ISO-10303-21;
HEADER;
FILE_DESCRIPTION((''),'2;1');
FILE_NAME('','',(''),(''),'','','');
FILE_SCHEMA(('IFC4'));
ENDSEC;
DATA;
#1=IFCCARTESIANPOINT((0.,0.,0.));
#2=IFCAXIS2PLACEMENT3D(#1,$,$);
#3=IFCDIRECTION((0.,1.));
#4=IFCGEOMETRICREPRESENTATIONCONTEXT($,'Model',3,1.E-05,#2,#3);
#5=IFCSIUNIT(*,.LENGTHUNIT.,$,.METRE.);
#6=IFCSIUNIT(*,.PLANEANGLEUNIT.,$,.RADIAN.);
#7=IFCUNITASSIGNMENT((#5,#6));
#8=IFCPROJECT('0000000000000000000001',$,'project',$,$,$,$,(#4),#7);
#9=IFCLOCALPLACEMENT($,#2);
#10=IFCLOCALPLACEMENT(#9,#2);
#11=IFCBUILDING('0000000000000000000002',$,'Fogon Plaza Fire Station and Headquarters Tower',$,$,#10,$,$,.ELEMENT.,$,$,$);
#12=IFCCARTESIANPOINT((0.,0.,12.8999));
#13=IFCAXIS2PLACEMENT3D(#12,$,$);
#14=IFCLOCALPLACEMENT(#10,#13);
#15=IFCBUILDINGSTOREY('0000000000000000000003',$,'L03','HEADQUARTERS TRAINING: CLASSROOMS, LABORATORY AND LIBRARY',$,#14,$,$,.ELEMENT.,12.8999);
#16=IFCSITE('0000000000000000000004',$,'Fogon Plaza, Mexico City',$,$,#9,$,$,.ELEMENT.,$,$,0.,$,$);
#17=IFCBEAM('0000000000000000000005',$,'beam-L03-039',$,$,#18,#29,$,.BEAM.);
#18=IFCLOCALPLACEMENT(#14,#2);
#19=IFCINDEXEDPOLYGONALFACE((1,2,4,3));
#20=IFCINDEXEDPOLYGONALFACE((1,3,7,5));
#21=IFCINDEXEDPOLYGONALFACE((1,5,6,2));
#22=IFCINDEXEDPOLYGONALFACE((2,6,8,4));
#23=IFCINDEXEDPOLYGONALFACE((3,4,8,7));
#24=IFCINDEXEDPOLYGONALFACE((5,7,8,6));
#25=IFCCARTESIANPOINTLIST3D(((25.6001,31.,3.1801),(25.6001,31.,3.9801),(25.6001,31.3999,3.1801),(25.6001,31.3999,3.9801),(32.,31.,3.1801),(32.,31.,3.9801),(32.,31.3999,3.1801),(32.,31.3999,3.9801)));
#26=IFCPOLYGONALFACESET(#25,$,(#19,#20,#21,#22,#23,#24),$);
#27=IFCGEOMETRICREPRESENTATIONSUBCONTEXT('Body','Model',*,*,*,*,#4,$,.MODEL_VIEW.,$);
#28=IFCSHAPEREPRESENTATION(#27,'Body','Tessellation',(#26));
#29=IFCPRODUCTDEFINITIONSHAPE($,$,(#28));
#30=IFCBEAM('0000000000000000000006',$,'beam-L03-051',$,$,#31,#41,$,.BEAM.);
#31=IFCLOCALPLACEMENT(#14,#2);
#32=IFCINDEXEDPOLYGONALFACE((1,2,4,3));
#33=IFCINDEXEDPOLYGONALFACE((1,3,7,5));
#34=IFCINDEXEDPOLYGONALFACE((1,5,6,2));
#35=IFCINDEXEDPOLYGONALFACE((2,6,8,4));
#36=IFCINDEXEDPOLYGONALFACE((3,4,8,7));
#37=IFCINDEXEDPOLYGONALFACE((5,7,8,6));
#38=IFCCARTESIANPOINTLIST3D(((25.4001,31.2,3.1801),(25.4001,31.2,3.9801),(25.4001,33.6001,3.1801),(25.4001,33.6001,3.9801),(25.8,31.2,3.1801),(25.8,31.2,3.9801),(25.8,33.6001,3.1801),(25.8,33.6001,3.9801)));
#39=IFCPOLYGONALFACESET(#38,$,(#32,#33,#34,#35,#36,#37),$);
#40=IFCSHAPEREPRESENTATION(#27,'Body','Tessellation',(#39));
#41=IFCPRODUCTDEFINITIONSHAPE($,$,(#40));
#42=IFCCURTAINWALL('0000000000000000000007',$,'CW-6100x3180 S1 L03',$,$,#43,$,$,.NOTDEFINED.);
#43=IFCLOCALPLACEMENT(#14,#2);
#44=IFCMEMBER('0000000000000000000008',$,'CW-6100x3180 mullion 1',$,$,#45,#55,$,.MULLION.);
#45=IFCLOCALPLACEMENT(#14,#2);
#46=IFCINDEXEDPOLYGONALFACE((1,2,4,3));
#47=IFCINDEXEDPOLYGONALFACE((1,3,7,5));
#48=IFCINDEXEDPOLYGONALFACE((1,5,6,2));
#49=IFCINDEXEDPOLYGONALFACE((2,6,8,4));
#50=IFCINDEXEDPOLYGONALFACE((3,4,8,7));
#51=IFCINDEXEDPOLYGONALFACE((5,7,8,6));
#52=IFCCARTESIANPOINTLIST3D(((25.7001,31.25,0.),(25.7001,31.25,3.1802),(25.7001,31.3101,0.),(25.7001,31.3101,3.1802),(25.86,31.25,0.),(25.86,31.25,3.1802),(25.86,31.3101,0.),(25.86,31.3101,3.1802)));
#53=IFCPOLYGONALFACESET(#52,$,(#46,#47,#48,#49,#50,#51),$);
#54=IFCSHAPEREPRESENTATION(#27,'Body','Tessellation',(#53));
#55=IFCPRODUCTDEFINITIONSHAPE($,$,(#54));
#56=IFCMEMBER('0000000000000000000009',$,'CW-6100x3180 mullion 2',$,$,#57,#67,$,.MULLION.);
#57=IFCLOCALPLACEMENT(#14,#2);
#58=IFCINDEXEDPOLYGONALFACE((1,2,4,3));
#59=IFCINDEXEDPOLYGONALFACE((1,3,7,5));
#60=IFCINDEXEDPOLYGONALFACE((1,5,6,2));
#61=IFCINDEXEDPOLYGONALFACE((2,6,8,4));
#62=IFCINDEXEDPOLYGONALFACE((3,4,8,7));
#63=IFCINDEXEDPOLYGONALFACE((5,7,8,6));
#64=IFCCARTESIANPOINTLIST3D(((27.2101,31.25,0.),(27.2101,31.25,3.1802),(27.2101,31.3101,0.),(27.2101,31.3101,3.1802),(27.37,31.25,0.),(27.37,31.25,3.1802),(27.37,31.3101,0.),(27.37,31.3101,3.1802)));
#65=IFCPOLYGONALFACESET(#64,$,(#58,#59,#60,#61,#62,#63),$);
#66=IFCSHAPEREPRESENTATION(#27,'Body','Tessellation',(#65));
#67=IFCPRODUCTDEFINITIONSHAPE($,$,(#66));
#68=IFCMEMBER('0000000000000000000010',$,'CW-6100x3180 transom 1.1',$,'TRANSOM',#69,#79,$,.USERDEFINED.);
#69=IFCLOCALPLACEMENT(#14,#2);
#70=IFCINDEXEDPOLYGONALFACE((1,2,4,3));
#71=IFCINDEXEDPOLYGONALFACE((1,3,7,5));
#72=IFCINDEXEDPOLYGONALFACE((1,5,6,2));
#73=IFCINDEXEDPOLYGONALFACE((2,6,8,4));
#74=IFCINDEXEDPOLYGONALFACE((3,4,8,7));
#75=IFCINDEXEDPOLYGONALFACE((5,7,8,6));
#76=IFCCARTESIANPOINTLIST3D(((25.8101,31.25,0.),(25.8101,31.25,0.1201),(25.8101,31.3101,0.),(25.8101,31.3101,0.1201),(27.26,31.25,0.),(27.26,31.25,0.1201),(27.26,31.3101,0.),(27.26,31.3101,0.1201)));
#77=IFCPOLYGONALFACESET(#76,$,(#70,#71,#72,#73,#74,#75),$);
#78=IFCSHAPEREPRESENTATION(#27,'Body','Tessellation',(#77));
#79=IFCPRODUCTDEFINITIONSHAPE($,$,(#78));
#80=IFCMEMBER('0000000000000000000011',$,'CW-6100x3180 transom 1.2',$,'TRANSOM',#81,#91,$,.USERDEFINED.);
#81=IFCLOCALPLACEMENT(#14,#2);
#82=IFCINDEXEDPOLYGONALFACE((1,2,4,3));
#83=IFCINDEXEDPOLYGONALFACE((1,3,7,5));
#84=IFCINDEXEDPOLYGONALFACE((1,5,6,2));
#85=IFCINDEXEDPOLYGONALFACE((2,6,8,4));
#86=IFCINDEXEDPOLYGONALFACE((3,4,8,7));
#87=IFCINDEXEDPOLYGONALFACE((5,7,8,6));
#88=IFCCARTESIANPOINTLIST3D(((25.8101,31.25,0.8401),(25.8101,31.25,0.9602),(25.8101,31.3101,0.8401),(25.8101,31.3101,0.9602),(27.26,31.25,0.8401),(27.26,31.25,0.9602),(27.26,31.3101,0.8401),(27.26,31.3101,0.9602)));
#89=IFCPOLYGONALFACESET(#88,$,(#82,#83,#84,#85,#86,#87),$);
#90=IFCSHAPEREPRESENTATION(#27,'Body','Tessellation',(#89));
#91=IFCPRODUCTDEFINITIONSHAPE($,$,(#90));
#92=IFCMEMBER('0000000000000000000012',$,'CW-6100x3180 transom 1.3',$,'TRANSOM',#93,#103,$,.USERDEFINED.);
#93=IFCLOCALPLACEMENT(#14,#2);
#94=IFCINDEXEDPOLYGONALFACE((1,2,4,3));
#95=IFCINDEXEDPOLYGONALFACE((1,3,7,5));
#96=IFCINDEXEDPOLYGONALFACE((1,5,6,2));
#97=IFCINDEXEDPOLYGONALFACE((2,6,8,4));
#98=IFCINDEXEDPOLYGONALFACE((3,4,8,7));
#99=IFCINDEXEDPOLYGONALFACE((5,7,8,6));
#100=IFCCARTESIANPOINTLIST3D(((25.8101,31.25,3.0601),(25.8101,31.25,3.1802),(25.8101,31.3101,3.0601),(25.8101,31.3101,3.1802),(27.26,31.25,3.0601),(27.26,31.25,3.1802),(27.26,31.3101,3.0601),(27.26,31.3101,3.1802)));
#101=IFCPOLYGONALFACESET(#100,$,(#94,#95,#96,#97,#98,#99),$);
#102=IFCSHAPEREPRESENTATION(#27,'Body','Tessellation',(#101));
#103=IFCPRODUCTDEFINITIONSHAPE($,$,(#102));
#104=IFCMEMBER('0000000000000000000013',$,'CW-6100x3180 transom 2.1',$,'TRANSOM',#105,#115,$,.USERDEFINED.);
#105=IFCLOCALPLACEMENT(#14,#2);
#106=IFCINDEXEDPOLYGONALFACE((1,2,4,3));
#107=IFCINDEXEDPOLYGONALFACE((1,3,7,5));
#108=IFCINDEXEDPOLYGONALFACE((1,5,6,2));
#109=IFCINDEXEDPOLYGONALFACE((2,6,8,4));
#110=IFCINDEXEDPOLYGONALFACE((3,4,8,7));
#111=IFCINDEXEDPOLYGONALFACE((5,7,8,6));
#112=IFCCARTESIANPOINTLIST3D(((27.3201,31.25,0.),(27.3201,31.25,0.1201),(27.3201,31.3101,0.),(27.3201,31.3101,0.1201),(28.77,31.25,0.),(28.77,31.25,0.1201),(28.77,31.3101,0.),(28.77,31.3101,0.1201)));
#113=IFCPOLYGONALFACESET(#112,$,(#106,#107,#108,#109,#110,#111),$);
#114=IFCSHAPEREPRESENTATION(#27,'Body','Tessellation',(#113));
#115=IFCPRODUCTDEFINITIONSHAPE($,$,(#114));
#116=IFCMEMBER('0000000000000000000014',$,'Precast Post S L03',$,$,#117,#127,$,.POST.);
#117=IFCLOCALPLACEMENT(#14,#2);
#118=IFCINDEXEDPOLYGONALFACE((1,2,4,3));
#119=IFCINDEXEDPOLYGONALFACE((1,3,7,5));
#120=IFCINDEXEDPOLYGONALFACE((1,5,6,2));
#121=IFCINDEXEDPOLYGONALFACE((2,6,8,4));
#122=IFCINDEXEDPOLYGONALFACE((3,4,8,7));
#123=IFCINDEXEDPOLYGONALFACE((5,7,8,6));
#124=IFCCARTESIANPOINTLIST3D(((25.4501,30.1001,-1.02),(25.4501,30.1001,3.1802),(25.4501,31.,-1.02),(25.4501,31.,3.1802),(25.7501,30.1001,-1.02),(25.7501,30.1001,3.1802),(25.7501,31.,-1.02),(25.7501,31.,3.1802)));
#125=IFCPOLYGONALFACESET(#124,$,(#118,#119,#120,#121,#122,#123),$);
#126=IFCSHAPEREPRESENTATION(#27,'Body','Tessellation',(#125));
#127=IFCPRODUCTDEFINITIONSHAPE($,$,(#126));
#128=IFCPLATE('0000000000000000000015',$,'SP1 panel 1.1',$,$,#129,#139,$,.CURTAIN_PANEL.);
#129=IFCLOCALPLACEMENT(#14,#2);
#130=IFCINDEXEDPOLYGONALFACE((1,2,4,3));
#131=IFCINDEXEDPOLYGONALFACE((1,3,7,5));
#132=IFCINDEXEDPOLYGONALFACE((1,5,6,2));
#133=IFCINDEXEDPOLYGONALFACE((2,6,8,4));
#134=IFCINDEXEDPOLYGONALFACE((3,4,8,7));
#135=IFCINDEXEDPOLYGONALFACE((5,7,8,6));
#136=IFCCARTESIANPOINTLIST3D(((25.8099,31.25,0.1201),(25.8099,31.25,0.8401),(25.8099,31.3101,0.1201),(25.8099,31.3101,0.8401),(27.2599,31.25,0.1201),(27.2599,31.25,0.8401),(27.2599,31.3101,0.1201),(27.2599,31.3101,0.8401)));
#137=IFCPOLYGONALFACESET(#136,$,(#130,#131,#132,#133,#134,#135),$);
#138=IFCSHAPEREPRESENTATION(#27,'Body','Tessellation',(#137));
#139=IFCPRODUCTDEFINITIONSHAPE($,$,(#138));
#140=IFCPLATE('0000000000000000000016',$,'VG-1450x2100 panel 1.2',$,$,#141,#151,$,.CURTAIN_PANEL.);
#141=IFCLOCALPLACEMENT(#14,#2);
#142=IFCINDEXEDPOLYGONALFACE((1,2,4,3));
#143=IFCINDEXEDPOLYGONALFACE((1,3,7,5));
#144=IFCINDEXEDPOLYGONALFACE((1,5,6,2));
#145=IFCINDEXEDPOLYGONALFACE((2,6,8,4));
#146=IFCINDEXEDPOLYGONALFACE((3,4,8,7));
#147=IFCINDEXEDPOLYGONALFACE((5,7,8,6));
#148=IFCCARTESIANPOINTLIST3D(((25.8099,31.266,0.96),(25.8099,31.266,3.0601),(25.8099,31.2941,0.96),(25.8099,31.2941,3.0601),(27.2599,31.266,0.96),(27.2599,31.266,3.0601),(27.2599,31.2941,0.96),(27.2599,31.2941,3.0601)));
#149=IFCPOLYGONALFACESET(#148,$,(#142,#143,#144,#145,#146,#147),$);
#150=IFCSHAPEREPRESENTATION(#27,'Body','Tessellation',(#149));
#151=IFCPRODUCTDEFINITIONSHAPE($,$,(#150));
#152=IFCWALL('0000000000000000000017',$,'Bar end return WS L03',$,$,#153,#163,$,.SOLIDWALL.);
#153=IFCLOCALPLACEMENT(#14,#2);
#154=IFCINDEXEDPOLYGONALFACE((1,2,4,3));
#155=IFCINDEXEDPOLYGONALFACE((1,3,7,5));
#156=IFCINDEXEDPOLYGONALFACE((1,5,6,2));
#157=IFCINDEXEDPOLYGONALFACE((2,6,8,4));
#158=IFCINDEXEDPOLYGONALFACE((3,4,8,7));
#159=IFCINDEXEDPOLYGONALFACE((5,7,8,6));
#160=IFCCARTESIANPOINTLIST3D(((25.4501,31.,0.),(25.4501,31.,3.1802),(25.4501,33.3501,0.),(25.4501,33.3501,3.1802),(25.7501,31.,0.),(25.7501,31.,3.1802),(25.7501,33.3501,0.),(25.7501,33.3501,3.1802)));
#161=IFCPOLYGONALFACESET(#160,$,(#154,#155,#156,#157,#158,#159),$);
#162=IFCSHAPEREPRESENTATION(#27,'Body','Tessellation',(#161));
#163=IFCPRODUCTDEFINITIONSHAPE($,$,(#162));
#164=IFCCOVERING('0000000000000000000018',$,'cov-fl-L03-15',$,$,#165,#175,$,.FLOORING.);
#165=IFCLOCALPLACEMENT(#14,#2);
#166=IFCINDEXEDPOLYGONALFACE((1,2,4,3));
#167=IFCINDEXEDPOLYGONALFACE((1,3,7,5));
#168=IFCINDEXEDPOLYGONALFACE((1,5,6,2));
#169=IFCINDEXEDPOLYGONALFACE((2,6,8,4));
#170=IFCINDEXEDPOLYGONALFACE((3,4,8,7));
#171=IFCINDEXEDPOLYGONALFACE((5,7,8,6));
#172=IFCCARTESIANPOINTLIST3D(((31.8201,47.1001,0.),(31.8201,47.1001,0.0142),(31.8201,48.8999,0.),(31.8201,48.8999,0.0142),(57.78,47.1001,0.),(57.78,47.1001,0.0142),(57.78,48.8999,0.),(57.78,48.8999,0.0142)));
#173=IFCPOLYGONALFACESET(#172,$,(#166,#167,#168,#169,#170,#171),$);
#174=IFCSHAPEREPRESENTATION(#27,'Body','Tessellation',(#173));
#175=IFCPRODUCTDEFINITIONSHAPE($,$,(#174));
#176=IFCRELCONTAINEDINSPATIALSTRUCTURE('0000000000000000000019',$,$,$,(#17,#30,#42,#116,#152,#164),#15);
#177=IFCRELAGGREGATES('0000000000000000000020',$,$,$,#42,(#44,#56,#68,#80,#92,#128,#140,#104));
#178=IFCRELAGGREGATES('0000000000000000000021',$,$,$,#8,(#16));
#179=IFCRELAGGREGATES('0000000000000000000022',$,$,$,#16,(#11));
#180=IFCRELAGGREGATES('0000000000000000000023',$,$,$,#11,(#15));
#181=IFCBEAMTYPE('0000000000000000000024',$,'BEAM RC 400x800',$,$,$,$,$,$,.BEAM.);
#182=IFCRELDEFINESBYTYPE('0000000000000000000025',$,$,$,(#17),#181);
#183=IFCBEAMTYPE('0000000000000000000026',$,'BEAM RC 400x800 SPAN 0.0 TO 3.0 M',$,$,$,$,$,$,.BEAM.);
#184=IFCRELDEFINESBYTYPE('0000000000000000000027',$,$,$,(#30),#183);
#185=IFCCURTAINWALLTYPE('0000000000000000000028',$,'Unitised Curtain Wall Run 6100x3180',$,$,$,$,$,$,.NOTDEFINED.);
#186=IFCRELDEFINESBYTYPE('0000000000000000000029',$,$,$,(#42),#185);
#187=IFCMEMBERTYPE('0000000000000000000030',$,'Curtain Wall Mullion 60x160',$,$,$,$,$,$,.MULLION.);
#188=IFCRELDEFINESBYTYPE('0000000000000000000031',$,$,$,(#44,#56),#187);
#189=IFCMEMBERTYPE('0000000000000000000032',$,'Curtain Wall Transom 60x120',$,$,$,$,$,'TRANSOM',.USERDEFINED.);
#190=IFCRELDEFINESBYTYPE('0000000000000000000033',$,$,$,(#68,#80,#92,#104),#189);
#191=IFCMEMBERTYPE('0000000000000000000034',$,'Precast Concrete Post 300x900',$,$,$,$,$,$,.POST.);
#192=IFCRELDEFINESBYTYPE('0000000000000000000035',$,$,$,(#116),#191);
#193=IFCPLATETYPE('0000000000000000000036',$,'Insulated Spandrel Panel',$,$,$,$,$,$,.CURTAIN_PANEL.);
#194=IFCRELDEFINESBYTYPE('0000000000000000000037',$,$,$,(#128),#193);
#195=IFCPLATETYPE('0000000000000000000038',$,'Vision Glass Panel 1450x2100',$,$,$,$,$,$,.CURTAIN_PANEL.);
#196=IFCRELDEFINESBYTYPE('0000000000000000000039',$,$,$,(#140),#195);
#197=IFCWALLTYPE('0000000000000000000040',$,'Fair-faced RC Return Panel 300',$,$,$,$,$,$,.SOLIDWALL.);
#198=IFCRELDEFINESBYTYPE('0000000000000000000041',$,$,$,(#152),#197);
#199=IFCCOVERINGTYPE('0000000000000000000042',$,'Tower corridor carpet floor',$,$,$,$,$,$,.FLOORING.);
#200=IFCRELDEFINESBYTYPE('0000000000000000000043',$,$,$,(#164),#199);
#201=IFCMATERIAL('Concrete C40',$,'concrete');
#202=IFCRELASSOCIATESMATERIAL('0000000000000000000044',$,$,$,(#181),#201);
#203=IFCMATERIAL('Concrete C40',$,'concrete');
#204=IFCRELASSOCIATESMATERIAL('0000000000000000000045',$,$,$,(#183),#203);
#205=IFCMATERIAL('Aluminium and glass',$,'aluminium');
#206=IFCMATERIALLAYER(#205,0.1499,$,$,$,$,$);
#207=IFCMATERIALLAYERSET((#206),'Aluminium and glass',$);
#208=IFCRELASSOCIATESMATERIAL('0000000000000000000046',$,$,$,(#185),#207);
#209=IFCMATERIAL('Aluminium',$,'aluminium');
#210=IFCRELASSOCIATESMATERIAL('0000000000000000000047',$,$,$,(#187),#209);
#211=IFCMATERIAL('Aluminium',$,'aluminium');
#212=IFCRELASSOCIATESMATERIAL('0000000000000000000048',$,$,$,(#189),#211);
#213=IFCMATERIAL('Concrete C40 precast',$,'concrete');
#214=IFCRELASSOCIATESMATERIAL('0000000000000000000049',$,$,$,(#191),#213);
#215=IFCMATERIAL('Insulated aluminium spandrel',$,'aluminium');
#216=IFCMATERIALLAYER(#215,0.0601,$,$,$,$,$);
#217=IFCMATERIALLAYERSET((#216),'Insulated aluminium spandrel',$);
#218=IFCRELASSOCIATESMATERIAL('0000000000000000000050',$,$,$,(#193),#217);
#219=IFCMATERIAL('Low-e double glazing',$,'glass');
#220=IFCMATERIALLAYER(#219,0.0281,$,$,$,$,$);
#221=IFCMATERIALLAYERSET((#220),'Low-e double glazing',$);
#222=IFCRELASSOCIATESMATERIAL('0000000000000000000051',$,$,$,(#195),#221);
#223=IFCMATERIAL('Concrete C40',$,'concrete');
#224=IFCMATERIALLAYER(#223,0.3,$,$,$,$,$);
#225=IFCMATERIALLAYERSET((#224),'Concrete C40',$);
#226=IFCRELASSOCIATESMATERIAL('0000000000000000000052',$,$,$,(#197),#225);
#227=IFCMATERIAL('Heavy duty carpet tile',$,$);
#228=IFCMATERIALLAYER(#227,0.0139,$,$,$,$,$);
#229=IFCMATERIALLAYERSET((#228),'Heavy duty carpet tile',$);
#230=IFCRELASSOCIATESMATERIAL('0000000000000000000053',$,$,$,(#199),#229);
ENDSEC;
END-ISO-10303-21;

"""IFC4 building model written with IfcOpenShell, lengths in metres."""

from ifc_helpers import new_model, si_unit, direction, frame, frame_2d, origin, origin_2d, place, context, subcontext, project, spatial, polyline, rectangle, outline, extrude, material, layer, layer_set, material_profile, profile_set, type_object, element, aggregate, save


model = new_model("IFC4")

# Units and contexts
model_context = context("Model", 3, precision=1e-05, world=origin(), true_north=direction((0.0, 1.0)))
body_context = subcontext(model_context, "Body", "Model", "MODEL_VIEW")
ifc_project = project(units=[si_unit("LENGTHUNIT", "METRE"), si_unit("PLANEANGLEUNIT", "RADIAN")], contexts=[model_context])

# Site, building, storey
site_placement = place(None, origin())
site = spatial("IfcSite", under=ifc_project, at=site_placement, Name="Fogon Plaza, Mexico City", CompositionType="ELEMENT", RefElevation=0.0)
building_placement = place(site_placement, origin())
building = spatial("IfcBuilding", under=site, at=building_placement, Name="Fogon Plaza Fire Station and Headquarters Tower", CompositionType="ELEMENT")
storey_placement = place(building_placement, frame((0.0, 0.0, 12.8999)))
storey = spatial("IfcBuildingStorey", under=building, at=storey_placement, Name="L03", Description="HEADQUARTERS TRAINING: CLASSROOMS, LABORATORY AND LIBRARY", CompositionType="ELEMENT", Elevation=12.8999)

# Beams
ifc_material_1 = material(Name="Concrete C40", Category="concrete")
ifc_material_profile_1 = material_profile(ifc_material_1, rectangle(XDim=0.3999, YDim=0.8, at=origin_2d()), Name="RC 400x800")
ifc_profile_set_1 = profile_set([ifc_material_profile_1], Name="Concrete C40")
beam_type_1 = type_object("IfcBeamType", Name="BEAM RC 400x800", PredefinedType="BEAM", material=ifc_profile_set_1)
beam_1_placement = place(storey_placement, frame((25.6001, 31.2, 3.5801), z_axis=(1.0, 0.0, 0.0), x_axis=(0.0, 1.0, 0.0)))
element("IfcBeam", 1, at=beam_1_placement, inside=storey, type_object=beam_type_1, Name="beam-L03-039", PredefinedType="BEAM", context=body_context, shape_type="SweptSolid", body=[
    extrude(rectangle(XDim=0.3999, YDim=0.8, at=origin_2d()), origin(), (0.0, 0.0, 1.0), 6.3999),
])
ifc_material_2 = material(Name="Concrete C40", Category="concrete")
ifc_material_profile_2 = material_profile(ifc_material_2, rectangle(XDim=0.3999, YDim=0.8, at=origin_2d()), Name="RC 400x800")
ifc_profile_set_2 = profile_set([ifc_material_profile_2], Name="Concrete C40")
beam_type_2 = type_object("IfcBeamType", Name="BEAM RC 400x800 SPAN 0.0 TO 3.0 M", PredefinedType="BEAM", material=ifc_profile_set_2)
beam_2_placement = place(storey_placement, frame((25.6001, 31.2, 3.5801), z_axis=(0.0, 1.0, 0.0), x_axis=(-1.0, 0.0, 0.0)))
element("IfcBeam", 2, at=beam_2_placement, inside=storey, type_object=beam_type_2, Name="beam-L03-051", PredefinedType="BEAM", context=body_context, shape_type="SweptSolid", body=[
    extrude(rectangle(XDim=0.3999, YDim=0.8, at=origin_2d()), origin(), (0.0, 0.0, 1.0), 2.4001),
])

# Curtain wall, members
ifc_material_3 = material(Name="Aluminium and glass", Category="aluminium")
ifc_layer_1 = layer(ifc_material_3, 0.1499)
ifc_layer_set_1 = layer_set([ifc_layer_1], Name="Aluminium and glass")
curtain_wall_type = type_object("IfcCurtainWallType", Name="Unitised Curtain Wall Run 6100x3180", PredefinedType="NOTDEFINED", material=ifc_layer_set_1)
curtain_wall_placement = place(storey_placement, origin())
curtain_wall = element("IfcCurtainWall", 3, at=curtain_wall_placement, inside=storey, type_object=curtain_wall_type, Name="CW-6100x3180 S1 L03", PredefinedType="NOTDEFINED")
ifc_material_4 = material(Name="Aluminium", Category="aluminium")
ifc_material_profile_3 = material_profile(ifc_material_4, rectangle(XDim=0.0601, YDim=0.1599, at=origin_2d()), Name="Curtain Wall Mullion 60x160")
ifc_profile_set_3 = profile_set([ifc_material_profile_3], Name="Aluminium")
member_type_1 = type_object("IfcMemberType", Name="Curtain Wall Mullion 60x160", PredefinedType="MULLION", material=ifc_profile_set_3)
member_1_placement = place(storey_placement, frame((25.78, 31.28, 0.0), z_axis=(0.0, 0.0, 1.0), x_axis=(0.0, 1.0, 0.0)))
member_1 = element("IfcMember", 4, at=member_1_placement, type_object=member_type_1, Name="CW-6100x3180 mullion 1", PredefinedType="MULLION", context=body_context, shape_type="SweptSolid", body=[
    extrude(rectangle(XDim=0.0601, YDim=0.1599, at=origin_2d()), origin(), (0.0, 0.0, 1.0), 3.1802),
])
member_2_placement = place(storey_placement, frame((27.29, 31.28, 0.0), z_axis=(0.0, 0.0, 1.0), x_axis=(0.0, 1.0, 0.0)))
member_2 = element("IfcMember", 5, at=member_2_placement, type_object=member_type_1, Name="CW-6100x3180 mullion 2", PredefinedType="MULLION", context=body_context, shape_type="SweptSolid", body=[
    extrude(rectangle(XDim=0.0601, YDim=0.1599, at=origin_2d()), origin(), (0.0, 0.0, 1.0), 3.1802),
])
ifc_material_5 = material(Name="Aluminium", Category="aluminium")
ifc_material_profile_4 = material_profile(ifc_material_5, rectangle(XDim=0.0601, YDim=0.1201, at=origin_2d()), Name="Curtain Wall Transom 60x120")
ifc_profile_set_4 = profile_set([ifc_material_profile_4], Name="Aluminium")
member_type_2 = type_object("IfcMemberType", Name="Curtain Wall Transom 60x120", ElementType="TRANSOM", PredefinedType="USERDEFINED", material=ifc_profile_set_4)
member_3_placement = place(storey_placement, frame((25.8101, 31.28, 0.0601), z_axis=(1.0, 0.0, 0.0), x_axis=(0.0, 1.0, 0.0)))
member_3 = element("IfcMember", 6, at=member_3_placement, type_object=member_type_2, Name="CW-6100x3180 transom 1.1", ObjectType="TRANSOM", PredefinedType="USERDEFINED", context=body_context, shape_type="SweptSolid", body=[
    extrude(rectangle(XDim=0.0601, YDim=0.1201, at=origin_2d()), origin(), (0.0, 0.0, 1.0), 1.45),
])
member_4_placement = place(storey_placement, frame((25.8101, 31.28, 0.9001), z_axis=(1.0, 0.0, 0.0), x_axis=(0.0, 1.0, 0.0)))
member_4 = element("IfcMember", 7, at=member_4_placement, type_object=member_type_2, Name="CW-6100x3180 transom 1.2", ObjectType="TRANSOM", PredefinedType="USERDEFINED", context=body_context, shape_type="SweptSolid", body=[
    extrude(rectangle(XDim=0.0601, YDim=0.1201, at=origin_2d()), origin(), (0.0, 0.0, 1.0), 1.45),
])
member_5_placement = place(storey_placement, frame((25.8101, 31.28, 3.1201), z_axis=(1.0, 0.0, 0.0), x_axis=(0.0, 1.0, 0.0)))
member_5 = element("IfcMember", 8, at=member_5_placement, type_object=member_type_2, Name="CW-6100x3180 transom 1.3", ObjectType="TRANSOM", PredefinedType="USERDEFINED", context=body_context, shape_type="SweptSolid", body=[
    extrude(rectangle(XDim=0.0601, YDim=0.1201, at=origin_2d()), origin(), (0.0, 0.0, 1.0), 1.45),
])
member_6_placement = place(storey_placement, frame((27.3201, 31.28, 0.0601), z_axis=(1.0, 0.0, 0.0), x_axis=(0.0, 1.0, 0.0)))
member_6 = element("IfcMember", 9, at=member_6_placement, type_object=member_type_2, Name="CW-6100x3180 transom 2.1", ObjectType="TRANSOM", PredefinedType="USERDEFINED", context=body_context, shape_type="SweptSolid", body=[
    extrude(rectangle(XDim=0.0601, YDim=0.1201, at=origin_2d()), origin(), (0.0, 0.0, 1.0), 1.45),
])

# Member
ifc_material_6 = material(Name="Concrete C40 precast", Category="concrete")
ifc_material_profile_5 = material_profile(ifc_material_6, rectangle(XDim=0.3, YDim=0.8999, at=origin_2d()), Name="Precast Concrete Post 300x900")
ifc_profile_set_5 = profile_set([ifc_material_profile_5], Name="Concrete C40 precast")
member_type_3 = type_object("IfcMemberType", Name="Precast Concrete Post 300x900", PredefinedType="POST", material=ifc_profile_set_5)
member_7_placement = place(storey_placement, frame((25.6001, 30.55, -1.02), z_axis=(0.0, 0.0, 1.0), x_axis=(1.0, 0.0, 0.0)))
element("IfcMember", 10, at=member_7_placement, inside=storey, type_object=member_type_3, Name="Precast Post S L03", PredefinedType="POST", context=body_context, shape_type="SweptSolid", body=[
    extrude(rectangle(XDim=0.3, YDim=0.8999, at=origin_2d()), origin(), (0.0, 0.0, 1.0), 4.2002),
])

# Plates
ifc_material_7 = material(Name="Insulated aluminium spandrel", Category="aluminium")
ifc_layer_2 = layer(ifc_material_7, 0.0601)
ifc_layer_set_2 = layer_set([ifc_layer_2], Name="Insulated aluminium spandrel")
plate_type_1 = type_object("IfcPlateType", Name="Insulated Spandrel Panel", PredefinedType="CURTAIN_PANEL", material=ifc_layer_set_2)
plate_1_placement = place(storey_placement, frame((26.5349, 31.28, 0.1201), z_axis=(0.0, 0.0, 1.0), x_axis=(1.0, 0.0, 0.0)))
plate_1 = element("IfcPlate", 11, at=plate_1_placement, type_object=plate_type_1, Name="SP1 panel 1.1", PredefinedType="CURTAIN_PANEL", context=body_context, shape_type="SweptSolid", body=[
    extrude(rectangle(XDim=1.45, YDim=0.0601, at=origin_2d()), origin(), (0.0, 0.0, 1.0), 0.72),
])
ifc_material_8 = material(Name="Low-e double glazing", Category="glass")
ifc_layer_3 = layer(ifc_material_8, 0.0281)
ifc_layer_set_3 = layer_set([ifc_layer_3], Name="Low-e double glazing")
plate_type_2 = type_object("IfcPlateType", Name="Vision Glass Panel 1450x2100", PredefinedType="CURTAIN_PANEL", material=ifc_layer_set_3)
plate_2_placement = place(storey_placement, frame((26.5349, 31.28, 0.96), z_axis=(0.0, 0.0, 1.0), x_axis=(1.0, 0.0, 0.0)))
plate_2 = element("IfcPlate", 12, at=plate_2_placement, type_object=plate_type_2, Name="VG-1450x2100 panel 1.2", PredefinedType="CURTAIN_PANEL", context=body_context, shape_type="SweptSolid", body=[
    extrude(rectangle(XDim=1.45, YDim=0.0281, at=origin_2d()), origin(), (0.0, 0.0, 1.0), 2.1001),
])
aggregate(curtain_wall, [member_1, member_2, member_3, member_4, member_5, plate_1, plate_2, member_6])

# Wall
ifc_material_9 = material(Name="Concrete C40", Category="concrete")
ifc_layer_4 = layer(ifc_material_9, 0.3)
ifc_layer_set_4 = layer_set([ifc_layer_4], Name="Concrete C40")
wall_type = type_object("IfcWallType", Name="Fair-faced RC Return Panel 300", PredefinedType="SOLIDWALL", material=ifc_layer_set_4)
wall_placement = place(storey_placement, frame((25.6001, 31.0, 0.0), z_axis=(0.0, 0.0, 1.0), x_axis=(0.0, 1.0, 0.0)))
element("IfcWall", 13, at=wall_placement, inside=storey, type_object=wall_type, Name="Bar end return WS L03", PredefinedType="SOLIDWALL", context=body_context, shape_type="SweptSolid", body=[
    extrude(rectangle(XDim=2.3501, YDim=0.3, at=frame_2d((1.175, 0.0))), origin(), (0.0, 0.0, 1.0), 3.1802),
])

# Covering
ifc_material_10 = material(Name="Heavy duty carpet tile")
ifc_layer_5 = layer(ifc_material_10, 0.0139)
ifc_layer_set_5 = layer_set([ifc_layer_5], Name="Heavy duty carpet tile")
covering_type_1 = type_object("IfcCoveringType", Name="Tower corridor carpet floor", PredefinedType="FLOORING", material=ifc_layer_set_5)
covering_1_placement = place(storey_placement, origin())
element("IfcCovering", 14, at=covering_1_placement, inside=storey, type_object=covering_type_1, Name="cov-fl-L03-15", PredefinedType="FLOORING", context=body_context, shape_type="SweptSolid", body=[
    extrude(outline(polyline([(57.78, 47.1001), (57.78, 48.8999), (31.8201, 48.8999), (31.8201, 47.1001), (57.78, 47.1001)])), origin(), (0.0, 0.0, 1.0), 0.0142),
])

save(model, "model.ifc")
